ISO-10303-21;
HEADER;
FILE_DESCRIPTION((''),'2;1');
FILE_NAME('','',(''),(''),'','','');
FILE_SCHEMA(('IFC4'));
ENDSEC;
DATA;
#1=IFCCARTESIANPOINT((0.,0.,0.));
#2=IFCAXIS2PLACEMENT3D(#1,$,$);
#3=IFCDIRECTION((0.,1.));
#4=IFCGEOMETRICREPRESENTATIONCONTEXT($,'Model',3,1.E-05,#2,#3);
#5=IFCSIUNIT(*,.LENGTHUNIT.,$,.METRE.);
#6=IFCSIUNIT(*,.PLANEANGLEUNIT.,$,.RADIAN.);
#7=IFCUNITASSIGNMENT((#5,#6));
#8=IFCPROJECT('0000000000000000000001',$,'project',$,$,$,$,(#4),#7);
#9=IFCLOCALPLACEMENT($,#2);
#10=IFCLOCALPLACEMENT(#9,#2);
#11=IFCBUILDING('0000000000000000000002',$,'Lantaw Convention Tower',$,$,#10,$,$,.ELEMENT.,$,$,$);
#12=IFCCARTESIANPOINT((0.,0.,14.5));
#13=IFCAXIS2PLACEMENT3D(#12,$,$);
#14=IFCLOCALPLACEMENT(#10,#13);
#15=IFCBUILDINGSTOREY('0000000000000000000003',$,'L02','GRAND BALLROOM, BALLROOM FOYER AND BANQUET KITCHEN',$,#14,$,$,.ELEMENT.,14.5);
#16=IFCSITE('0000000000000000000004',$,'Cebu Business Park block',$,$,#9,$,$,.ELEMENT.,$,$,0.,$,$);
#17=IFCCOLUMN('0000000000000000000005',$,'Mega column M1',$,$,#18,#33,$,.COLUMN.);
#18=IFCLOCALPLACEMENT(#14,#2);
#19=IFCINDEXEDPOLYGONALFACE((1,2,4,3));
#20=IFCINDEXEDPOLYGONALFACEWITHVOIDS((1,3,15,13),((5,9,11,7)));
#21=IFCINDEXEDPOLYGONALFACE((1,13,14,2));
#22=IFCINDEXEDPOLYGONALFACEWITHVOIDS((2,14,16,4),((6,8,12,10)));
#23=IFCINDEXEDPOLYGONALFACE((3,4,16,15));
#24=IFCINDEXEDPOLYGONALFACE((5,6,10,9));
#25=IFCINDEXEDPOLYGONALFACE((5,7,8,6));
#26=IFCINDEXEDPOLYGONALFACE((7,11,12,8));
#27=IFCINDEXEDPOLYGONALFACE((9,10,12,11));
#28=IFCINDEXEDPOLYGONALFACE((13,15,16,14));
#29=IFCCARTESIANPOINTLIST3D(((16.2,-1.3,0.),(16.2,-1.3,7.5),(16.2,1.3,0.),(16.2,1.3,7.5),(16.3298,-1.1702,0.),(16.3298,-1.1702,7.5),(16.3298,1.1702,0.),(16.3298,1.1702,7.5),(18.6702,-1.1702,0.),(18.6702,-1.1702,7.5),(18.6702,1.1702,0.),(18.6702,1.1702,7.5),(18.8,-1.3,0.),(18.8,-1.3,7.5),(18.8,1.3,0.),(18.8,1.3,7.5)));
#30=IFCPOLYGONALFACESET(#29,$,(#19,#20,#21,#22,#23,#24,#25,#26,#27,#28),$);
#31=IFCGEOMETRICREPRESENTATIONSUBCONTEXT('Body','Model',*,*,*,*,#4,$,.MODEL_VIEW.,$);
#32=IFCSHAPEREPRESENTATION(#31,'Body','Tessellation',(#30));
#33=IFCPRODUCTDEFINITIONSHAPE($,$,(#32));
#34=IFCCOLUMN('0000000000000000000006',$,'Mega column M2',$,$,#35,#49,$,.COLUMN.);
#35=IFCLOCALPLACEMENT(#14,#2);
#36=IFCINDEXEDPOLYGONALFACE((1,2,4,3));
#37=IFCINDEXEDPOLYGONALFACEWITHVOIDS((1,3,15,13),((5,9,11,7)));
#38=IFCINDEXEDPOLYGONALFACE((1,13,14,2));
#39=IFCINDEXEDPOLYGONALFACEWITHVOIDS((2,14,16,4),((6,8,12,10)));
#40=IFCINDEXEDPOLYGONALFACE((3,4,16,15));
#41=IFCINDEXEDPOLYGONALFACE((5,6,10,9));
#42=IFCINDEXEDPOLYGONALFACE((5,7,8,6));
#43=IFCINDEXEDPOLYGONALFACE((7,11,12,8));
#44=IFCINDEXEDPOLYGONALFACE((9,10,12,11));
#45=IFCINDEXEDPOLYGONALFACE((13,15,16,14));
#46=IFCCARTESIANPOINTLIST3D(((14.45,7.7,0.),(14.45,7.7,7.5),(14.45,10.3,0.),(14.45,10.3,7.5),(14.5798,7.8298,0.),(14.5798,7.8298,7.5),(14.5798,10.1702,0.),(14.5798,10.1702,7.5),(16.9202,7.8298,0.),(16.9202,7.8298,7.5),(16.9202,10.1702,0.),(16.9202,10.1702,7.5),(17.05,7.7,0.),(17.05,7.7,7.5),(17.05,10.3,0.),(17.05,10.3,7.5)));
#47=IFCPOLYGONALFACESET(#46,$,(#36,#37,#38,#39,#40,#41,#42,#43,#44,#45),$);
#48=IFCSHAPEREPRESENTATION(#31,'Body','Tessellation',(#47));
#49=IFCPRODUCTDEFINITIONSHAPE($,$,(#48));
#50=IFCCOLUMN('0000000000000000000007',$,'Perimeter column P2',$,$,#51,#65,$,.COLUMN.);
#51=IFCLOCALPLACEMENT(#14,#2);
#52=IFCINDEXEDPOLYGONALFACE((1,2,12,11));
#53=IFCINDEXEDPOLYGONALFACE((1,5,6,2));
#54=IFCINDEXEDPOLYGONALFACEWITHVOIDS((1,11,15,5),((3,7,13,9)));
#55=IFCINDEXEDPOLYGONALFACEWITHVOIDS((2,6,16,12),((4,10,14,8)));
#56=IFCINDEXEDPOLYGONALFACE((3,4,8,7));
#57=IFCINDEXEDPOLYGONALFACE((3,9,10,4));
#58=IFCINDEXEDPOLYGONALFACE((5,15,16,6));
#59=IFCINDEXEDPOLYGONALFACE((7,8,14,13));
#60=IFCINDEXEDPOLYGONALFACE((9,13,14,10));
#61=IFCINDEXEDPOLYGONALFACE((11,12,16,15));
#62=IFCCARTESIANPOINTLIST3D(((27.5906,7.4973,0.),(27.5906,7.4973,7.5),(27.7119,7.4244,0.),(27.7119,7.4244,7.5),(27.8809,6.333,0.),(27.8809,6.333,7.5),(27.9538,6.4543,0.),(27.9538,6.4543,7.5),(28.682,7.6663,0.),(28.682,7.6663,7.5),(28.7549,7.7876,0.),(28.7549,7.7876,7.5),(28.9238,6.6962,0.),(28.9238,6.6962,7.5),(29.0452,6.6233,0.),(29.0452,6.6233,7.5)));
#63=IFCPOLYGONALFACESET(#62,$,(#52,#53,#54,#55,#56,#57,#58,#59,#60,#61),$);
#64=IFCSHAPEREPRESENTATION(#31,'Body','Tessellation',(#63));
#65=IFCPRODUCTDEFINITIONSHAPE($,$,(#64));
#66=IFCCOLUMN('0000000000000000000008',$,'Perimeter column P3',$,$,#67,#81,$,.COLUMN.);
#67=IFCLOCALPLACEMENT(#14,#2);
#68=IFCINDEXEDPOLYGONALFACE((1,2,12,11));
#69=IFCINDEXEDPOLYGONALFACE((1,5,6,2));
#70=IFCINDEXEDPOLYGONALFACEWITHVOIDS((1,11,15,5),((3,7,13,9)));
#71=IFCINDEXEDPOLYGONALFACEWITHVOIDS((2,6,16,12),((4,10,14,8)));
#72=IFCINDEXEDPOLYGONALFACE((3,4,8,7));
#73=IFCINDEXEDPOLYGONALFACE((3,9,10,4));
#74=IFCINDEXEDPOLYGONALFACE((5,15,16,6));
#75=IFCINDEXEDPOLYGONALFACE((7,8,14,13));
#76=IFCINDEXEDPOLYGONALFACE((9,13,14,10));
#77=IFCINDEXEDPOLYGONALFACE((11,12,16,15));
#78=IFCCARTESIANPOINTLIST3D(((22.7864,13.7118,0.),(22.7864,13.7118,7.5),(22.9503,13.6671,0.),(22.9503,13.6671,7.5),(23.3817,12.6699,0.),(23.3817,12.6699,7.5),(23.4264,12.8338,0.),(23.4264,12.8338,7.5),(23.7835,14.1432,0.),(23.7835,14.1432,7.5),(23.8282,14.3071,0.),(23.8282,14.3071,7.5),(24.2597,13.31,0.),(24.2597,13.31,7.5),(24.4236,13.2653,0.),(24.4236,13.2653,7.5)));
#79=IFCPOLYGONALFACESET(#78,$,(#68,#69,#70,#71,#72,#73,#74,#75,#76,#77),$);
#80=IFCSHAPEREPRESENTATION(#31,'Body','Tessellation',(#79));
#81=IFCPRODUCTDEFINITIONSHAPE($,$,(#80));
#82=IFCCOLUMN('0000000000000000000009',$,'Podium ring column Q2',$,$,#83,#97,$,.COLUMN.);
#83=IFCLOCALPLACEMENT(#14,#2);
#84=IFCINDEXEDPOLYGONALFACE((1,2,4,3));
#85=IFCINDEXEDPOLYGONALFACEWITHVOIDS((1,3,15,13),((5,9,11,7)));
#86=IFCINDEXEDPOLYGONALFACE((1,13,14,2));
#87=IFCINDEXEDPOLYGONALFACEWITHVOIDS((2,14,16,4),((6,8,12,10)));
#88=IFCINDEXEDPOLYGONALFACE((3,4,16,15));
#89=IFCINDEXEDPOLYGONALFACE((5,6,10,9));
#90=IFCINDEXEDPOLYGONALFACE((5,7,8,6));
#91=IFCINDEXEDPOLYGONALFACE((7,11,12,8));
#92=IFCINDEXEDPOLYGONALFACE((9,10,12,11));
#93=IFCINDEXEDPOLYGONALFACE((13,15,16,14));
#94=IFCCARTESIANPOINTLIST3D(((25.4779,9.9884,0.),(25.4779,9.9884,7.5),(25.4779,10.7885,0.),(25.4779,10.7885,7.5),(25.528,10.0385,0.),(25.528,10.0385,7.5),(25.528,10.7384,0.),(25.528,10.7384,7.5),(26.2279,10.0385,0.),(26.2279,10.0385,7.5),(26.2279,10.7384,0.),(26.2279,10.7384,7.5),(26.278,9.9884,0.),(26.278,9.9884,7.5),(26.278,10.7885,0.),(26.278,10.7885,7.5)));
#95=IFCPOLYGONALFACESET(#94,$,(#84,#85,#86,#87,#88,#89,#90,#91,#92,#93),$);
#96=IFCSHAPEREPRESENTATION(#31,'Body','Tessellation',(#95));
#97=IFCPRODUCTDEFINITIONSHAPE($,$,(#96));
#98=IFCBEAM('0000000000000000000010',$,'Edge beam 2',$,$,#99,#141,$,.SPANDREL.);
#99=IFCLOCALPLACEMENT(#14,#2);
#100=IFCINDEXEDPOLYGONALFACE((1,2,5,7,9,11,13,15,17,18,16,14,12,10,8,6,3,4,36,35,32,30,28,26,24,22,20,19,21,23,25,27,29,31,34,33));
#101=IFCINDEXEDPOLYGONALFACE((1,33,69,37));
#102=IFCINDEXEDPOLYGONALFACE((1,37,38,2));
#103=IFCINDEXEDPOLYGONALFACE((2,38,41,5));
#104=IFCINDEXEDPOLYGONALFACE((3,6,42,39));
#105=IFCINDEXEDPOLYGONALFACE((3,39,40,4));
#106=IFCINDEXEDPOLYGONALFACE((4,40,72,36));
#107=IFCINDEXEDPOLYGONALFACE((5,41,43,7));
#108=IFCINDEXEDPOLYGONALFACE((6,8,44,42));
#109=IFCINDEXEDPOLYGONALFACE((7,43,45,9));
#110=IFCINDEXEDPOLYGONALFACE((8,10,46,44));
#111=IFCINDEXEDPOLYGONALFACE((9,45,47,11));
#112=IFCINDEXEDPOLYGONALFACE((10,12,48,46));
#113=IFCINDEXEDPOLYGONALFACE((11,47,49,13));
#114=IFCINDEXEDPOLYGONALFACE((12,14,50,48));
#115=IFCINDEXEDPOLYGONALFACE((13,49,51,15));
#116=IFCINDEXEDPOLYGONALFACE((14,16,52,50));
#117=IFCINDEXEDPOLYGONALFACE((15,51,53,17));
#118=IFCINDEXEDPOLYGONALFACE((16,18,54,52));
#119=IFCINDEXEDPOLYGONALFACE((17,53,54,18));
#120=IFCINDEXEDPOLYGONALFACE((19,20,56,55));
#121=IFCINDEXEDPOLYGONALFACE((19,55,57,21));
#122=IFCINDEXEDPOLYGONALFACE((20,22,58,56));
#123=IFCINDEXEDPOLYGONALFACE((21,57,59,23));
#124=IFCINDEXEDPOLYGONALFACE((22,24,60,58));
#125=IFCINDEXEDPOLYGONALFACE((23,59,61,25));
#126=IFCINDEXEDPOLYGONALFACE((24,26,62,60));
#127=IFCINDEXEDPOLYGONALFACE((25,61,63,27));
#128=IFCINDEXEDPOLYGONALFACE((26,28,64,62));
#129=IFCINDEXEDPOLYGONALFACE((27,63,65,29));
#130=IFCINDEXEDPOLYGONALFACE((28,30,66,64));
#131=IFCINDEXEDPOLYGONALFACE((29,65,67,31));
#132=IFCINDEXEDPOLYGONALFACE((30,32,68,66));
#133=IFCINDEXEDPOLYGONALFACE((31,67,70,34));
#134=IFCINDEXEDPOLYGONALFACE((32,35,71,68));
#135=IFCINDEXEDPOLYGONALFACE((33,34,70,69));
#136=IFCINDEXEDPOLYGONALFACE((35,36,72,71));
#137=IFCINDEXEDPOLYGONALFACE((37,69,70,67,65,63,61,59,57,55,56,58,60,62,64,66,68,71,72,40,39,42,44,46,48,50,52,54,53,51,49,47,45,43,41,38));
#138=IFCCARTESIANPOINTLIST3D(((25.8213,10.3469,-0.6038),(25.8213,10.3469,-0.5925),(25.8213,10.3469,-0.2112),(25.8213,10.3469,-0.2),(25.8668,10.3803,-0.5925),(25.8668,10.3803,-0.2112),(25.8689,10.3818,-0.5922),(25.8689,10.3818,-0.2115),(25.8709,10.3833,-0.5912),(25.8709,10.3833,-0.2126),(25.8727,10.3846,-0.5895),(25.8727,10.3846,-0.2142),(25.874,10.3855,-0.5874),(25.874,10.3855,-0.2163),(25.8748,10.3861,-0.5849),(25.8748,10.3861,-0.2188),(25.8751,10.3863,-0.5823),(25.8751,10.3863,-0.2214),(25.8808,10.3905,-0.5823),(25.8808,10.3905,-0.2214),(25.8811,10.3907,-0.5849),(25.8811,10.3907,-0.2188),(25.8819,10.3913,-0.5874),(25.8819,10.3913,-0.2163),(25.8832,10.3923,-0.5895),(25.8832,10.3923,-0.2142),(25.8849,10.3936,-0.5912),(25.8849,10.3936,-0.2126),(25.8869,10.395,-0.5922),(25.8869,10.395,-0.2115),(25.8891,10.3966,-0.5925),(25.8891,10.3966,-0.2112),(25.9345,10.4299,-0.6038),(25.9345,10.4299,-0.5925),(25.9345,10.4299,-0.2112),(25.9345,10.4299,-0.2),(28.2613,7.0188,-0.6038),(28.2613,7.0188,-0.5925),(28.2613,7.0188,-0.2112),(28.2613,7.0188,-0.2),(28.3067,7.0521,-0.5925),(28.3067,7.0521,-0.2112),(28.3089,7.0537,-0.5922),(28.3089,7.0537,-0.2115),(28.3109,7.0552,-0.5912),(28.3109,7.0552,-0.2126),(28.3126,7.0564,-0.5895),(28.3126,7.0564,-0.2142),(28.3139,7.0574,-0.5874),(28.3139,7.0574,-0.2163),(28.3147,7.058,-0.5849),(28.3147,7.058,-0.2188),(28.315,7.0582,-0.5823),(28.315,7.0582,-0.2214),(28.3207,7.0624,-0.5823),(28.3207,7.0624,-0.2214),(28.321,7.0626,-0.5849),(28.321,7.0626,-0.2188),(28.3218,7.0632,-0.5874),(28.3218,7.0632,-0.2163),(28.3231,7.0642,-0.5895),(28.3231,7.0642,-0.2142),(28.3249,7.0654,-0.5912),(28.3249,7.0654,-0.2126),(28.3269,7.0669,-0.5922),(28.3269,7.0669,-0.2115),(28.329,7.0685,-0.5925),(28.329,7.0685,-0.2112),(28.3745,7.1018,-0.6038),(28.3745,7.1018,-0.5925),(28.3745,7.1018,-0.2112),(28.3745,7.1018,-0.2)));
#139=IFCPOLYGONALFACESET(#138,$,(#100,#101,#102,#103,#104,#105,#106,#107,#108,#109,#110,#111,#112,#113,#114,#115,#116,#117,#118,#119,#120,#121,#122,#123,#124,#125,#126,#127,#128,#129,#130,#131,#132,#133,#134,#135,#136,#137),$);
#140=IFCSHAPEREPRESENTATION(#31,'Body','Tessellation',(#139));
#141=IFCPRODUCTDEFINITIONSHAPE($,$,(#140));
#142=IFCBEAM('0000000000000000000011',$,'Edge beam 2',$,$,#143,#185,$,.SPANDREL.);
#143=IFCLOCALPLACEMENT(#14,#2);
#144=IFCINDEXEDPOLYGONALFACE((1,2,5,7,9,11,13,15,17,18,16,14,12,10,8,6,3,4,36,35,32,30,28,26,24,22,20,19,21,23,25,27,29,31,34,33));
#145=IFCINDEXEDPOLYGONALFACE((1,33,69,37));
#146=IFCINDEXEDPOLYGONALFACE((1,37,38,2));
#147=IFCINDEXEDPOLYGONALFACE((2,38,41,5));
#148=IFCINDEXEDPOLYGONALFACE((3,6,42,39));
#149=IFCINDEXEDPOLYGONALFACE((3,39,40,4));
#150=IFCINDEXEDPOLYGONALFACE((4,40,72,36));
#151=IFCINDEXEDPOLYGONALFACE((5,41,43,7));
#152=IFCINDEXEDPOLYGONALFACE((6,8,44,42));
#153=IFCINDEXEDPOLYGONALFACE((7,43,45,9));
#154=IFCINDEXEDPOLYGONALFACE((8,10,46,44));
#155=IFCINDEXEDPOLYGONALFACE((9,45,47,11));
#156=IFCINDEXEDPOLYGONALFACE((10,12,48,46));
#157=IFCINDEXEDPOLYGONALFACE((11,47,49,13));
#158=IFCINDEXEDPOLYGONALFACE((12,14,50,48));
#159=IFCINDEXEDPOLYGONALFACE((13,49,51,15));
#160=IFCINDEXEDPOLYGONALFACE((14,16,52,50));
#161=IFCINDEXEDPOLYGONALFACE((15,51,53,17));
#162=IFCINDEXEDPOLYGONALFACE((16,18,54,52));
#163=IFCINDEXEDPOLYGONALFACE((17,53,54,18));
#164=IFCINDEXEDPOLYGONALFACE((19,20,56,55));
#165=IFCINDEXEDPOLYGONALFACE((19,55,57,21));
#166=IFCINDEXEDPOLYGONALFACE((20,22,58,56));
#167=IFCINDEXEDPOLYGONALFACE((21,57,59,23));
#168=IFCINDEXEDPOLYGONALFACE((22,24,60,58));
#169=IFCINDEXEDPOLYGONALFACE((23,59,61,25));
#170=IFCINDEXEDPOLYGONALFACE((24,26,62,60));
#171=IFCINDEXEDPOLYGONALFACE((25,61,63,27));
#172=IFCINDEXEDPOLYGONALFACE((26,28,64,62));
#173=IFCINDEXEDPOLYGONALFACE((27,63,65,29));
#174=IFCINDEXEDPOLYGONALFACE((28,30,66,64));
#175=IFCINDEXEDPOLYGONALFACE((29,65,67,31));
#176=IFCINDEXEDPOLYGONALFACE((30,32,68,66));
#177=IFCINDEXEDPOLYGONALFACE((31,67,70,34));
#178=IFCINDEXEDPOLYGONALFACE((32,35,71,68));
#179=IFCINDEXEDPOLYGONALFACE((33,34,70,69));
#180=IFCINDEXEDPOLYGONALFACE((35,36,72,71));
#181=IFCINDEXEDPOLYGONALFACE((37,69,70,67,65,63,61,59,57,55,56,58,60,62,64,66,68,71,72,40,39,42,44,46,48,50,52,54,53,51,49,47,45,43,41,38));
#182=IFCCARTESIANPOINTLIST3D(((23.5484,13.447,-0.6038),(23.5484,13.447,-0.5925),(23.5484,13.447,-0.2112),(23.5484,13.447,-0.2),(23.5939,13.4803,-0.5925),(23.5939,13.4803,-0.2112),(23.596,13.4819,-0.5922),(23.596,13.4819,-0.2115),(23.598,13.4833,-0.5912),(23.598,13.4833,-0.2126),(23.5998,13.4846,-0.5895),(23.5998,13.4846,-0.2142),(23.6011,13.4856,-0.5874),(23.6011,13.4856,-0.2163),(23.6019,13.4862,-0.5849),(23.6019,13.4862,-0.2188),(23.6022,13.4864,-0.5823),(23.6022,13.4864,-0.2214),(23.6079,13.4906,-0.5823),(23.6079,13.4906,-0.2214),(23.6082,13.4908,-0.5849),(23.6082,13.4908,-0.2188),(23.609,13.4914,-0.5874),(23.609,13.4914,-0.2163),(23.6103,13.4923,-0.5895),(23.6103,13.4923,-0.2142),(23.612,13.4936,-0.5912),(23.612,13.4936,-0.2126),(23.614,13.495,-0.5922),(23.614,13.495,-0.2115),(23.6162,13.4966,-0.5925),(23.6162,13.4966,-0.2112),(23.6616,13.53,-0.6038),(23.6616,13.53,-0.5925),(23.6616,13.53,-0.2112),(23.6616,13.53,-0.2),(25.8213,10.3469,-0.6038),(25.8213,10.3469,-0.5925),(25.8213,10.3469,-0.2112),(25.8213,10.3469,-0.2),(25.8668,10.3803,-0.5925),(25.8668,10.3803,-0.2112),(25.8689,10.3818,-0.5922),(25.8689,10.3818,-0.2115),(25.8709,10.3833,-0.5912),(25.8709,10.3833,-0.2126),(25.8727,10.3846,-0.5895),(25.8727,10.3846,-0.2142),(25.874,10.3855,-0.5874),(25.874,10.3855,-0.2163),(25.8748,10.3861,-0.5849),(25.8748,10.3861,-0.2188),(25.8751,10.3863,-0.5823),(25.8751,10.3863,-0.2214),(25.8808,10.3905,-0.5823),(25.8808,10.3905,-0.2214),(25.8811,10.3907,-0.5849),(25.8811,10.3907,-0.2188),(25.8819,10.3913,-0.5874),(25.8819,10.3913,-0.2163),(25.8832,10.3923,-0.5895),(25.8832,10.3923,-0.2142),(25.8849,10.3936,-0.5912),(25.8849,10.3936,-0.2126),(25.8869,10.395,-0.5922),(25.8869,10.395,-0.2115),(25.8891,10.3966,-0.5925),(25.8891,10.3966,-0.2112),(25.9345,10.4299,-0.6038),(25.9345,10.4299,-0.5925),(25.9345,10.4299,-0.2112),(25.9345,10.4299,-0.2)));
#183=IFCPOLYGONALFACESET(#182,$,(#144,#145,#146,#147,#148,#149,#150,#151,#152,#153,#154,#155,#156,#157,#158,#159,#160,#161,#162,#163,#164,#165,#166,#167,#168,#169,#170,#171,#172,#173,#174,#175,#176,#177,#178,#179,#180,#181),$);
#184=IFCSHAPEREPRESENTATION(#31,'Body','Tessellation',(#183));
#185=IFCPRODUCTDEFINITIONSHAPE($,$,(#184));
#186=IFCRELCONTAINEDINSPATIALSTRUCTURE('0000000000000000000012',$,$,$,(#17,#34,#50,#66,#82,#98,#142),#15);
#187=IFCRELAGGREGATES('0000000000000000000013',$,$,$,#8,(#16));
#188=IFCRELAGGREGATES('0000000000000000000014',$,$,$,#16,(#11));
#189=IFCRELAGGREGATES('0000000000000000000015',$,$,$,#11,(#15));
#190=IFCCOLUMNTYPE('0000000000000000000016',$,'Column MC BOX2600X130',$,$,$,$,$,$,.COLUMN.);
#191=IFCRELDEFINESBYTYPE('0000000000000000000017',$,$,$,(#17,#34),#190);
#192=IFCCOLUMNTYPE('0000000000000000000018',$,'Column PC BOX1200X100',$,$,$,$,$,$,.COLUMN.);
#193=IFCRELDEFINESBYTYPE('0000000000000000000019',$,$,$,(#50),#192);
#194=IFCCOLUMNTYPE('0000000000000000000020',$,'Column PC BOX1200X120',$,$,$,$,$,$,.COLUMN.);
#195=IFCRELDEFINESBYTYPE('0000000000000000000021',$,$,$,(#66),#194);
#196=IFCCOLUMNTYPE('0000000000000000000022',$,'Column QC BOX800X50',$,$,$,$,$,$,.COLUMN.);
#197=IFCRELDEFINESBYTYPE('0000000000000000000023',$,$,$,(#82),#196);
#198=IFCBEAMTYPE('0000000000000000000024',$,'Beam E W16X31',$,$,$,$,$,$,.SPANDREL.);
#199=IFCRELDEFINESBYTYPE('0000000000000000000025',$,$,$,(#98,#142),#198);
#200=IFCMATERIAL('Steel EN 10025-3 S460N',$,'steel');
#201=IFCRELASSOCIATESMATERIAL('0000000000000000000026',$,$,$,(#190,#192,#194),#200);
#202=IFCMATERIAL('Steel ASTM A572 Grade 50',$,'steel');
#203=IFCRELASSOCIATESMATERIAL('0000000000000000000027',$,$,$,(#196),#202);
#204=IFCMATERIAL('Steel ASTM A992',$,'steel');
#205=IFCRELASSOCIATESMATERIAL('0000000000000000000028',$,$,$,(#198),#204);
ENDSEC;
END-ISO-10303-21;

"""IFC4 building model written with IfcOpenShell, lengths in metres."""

from ifc_helpers import new_model, si_unit, direction, frame, origin, origin_2d, place, context, subcontext, project, spatial, rectangle, hollow_rectangle, i_section, extrude, material, material_profile, profile_set, type_object, element, save


model = new_model("IFC4")

# Units and contexts
model_context = context("Model", 3, precision=1e-05, world=origin(), true_north=direction((0.0, 1.0)))
body_context = subcontext(model_context, "Body", "Model", "MODEL_VIEW")
ifc_project = project(units=[si_unit("LENGTHUNIT", "METRE"), si_unit("PLANEANGLEUNIT", "RADIAN")], contexts=[model_context])

# Site, building, storey
site_placement = place(None, origin())
site = spatial("IfcSite", under=ifc_project, at=site_placement, Name="Cebu Business Park block", CompositionType="ELEMENT", RefElevation=0.0)
building_placement = place(site_placement, origin())
building = spatial("IfcBuilding", under=site, at=building_placement, Name="Lantaw Convention Tower", CompositionType="ELEMENT")
storey_placement = place(building_placement, frame((0.0, 0.0, 14.5)))
storey = spatial("IfcBuildingStorey", under=building, at=storey_placement, Name="L02", Description="GRAND BALLROOM, BALLROOM FOYER AND BANQUET KITCHEN", CompositionType="ELEMENT", Elevation=14.5)

# Columns
ifc_material_1 = material(Name="Steel EN 10025-3 S460N", Category="steel")
ifc_material_profile_1 = material_profile(ifc_material_1, hollow_rectangle(XDim=2.6001, YDim=2.6001, WallThickness=0.1299, at=origin_2d()), Name="BOX2600X130")
ifc_material_2 = material(Name="Concrete C60/75", Category="concrete")
ifc_material_profile_2 = material_profile(ifc_material_2, rectangle(XDim=2.3401, YDim=2.3401, at=origin_2d()), Name="Concrete fill of BOX2600X130")
ifc_profile_set_1 = profile_set([ifc_material_profile_1, ifc_material_profile_2], Name="Steel EN 10025-3 S460N")
column_type_1 = type_object("IfcColumnType", Name="Column MC BOX2600X130", PredefinedType="COLUMN", material=ifc_profile_set_1)
for number, where, z_axis, x_axis, name in (
    (1, (17.5, 0.0, 0.0), (0.0, 0.0, 1.0), (1.0, 0.0, 0.0), "Mega column M1"),
    (2, (15.75, 9.0, 0.0), (0.0, 0.0, 1.0), (1.0, 0.0, 0.0), "Mega column M2"),
):
    element("IfcColumn", number, at=place(storey_placement, frame(where, z_axis=z_axis, x_axis=x_axis)), inside=storey, type_object=column_type_1, Name=name, PredefinedType="COLUMN", context=body_context, shape_type="SweptSolid", body=[
        extrude(hollow_rectangle(XDim=2.6001, YDim=2.6001, WallThickness=0.1299, at=origin_2d()), origin(), (0.0, 0.0, 1.0), 7.5),
    ])
ifc_material_profile_3 = material_profile(ifc_material_1, hollow_rectangle(XDim=1.2, YDim=1.2, WallThickness=0.1001, at=origin_2d()), Name="BOX1200X100")
ifc_material_profile_4 = material_profile(ifc_material_2, rectangle(XDim=1.0, YDim=1.0, at=origin_2d()), Name="Concrete fill of BOX1200X100")
ifc_profile_set_2 = profile_set([ifc_material_profile_3, ifc_material_profile_4], Name="Steel EN 10025-3 S460N")
column_type_2 = type_object("IfcColumnType", Name="Column PC BOX1200X100", PredefinedType="COLUMN", material=ifc_profile_set_2)
column_1_placement = place(storey_placement, frame((28.3179, 7.0603, 0.0), z_axis=(0.0, 0.0, 1.0), x_axis=(0.970296, 0.241922, 0.0)))
element("IfcColumn", 3, at=column_1_placement, inside=storey, type_object=column_type_2, Name="Perimeter column P2", PredefinedType="COLUMN", context=body_context, shape_type="SweptSolid", body=[
    extrude(hollow_rectangle(XDim=1.2, YDim=1.2, WallThickness=0.1001, at=origin_2d()), origin(), (0.0, 0.0, 1.0), 7.5),
])
ifc_material_profile_5 = material_profile(ifc_material_1, hollow_rectangle(XDim=1.2, YDim=1.2, WallThickness=0.1201, at=origin_2d()), Name="BOX1200X120")
ifc_material_profile_6 = material_profile(ifc_material_2, rectangle(XDim=0.96, YDim=0.96, at=origin_2d()), Name="Concrete fill of BOX1200X120")
ifc_profile_set_3 = profile_set([ifc_material_profile_5, ifc_material_profile_6], Name="Steel EN 10025-3 S460N")
column_type_3 = type_object("IfcColumnType", Name="Column PC BOX1200X120", PredefinedType="COLUMN", material=ifc_profile_set_3)
column_2_placement = place(storey_placement, frame((23.605, 13.4885, 0.0), z_axis=(0.0, 0.0, 1.0), x_axis=(0.868243, 0.496139, 0.0)))
element("IfcColumn", 4, at=column_2_placement, inside=storey, type_object=column_type_3, Name="Perimeter column P3", PredefinedType="COLUMN", context=body_context, shape_type="SweptSolid", body=[
    extrude(hollow_rectangle(XDim=1.2, YDim=1.2, WallThickness=0.1201, at=origin_2d()), origin(), (0.0, 0.0, 1.0), 7.5),
])
ifc_material_3 = material(Name="Steel ASTM A572 Grade 50", Category="steel")
ifc_material_profile_7 = material_profile(ifc_material_3, hollow_rectangle(XDim=0.8, YDim=0.8, WallThickness=0.05, at=origin_2d()), Name="BOX800X50")
ifc_profile_set_4 = profile_set([ifc_material_profile_7], Name="Steel ASTM A572 Grade 50")
column_type_4 = type_object("IfcColumnType", Name="Column QC BOX800X50", PredefinedType="COLUMN", material=ifc_profile_set_4)
column_3_placement = place(storey_placement, frame((25.8779, 10.3884, 0.0), z_axis=(0.0, 0.0, 1.0), x_axis=(1.0, 0.0, 0.0)))
element("IfcColumn", 5, at=column_3_placement, inside=storey, type_object=column_type_4, Name="Podium ring column Q2", PredefinedType="COLUMN", context=body_context, shape_type="SweptSolid", body=[
    extrude(hollow_rectangle(XDim=0.8, YDim=0.8, WallThickness=0.05, at=origin_2d()), origin(), (0.0, 0.0, 1.0), 7.5),
])

# Beams
ifc_material_4 = material(Name="Steel ASTM A992", Category="steel")
ifc_material_profile_8 = material_profile(ifc_material_4, i_section(OverallWidth=0.1404, OverallDepth=0.4038, WebThickness=0.0071, FlangeThickness=0.0112, FilletRadius=0.0103, at=origin_2d()), Name="W16X31")
ifc_profile_set_5 = profile_set([ifc_material_profile_8], Name="Steel ASTM A992")
beam_type_1 = type_object("IfcBeamType", Name="Beam E W16X31", PredefinedType="SPANDREL", material=ifc_profile_set_5)
beam_1_placement = place(storey_placement, frame((28.3179, 7.0603, -0.4019), z_axis=(-0.591256, 0.806484, 0.0), x_axis=(-0.806484, -0.591256, 0.0)))
element("IfcBeam", 6, at=beam_1_placement, inside=storey, type_object=beam_type_1, Name="Edge beam 2", PredefinedType="SPANDREL", context=body_context, shape_type="SweptSolid", body=[
    extrude(i_section(OverallWidth=0.1404, OverallDepth=0.4038, WebThickness=0.0071, FlangeThickness=0.0112, FilletRadius=0.0103, at=origin_2d()), origin(), (0.0, 0.0, 1.0), 4.1267),
])
beam_2_placement = place(storey_placement, frame((25.8779, 10.3884, -0.4019), z_axis=(-0.591287, 0.806462, 0.0), x_axis=(-0.806462, -0.591287, 0.0)))
element("IfcBeam", 7, at=beam_2_placement, inside=storey, type_object=beam_type_1, Name="Edge beam 2", PredefinedType="SPANDREL", context=body_context, shape_type="SweptSolid", body=[
    extrude(i_section(OverallWidth=0.1404, OverallDepth=0.4038, WebThickness=0.0071, FlangeThickness=0.0112, FilletRadius=0.0103, at=origin_2d()), origin(), (0.0, 0.0, 1.0), 3.844),
])

save(model, "model.ifc")
